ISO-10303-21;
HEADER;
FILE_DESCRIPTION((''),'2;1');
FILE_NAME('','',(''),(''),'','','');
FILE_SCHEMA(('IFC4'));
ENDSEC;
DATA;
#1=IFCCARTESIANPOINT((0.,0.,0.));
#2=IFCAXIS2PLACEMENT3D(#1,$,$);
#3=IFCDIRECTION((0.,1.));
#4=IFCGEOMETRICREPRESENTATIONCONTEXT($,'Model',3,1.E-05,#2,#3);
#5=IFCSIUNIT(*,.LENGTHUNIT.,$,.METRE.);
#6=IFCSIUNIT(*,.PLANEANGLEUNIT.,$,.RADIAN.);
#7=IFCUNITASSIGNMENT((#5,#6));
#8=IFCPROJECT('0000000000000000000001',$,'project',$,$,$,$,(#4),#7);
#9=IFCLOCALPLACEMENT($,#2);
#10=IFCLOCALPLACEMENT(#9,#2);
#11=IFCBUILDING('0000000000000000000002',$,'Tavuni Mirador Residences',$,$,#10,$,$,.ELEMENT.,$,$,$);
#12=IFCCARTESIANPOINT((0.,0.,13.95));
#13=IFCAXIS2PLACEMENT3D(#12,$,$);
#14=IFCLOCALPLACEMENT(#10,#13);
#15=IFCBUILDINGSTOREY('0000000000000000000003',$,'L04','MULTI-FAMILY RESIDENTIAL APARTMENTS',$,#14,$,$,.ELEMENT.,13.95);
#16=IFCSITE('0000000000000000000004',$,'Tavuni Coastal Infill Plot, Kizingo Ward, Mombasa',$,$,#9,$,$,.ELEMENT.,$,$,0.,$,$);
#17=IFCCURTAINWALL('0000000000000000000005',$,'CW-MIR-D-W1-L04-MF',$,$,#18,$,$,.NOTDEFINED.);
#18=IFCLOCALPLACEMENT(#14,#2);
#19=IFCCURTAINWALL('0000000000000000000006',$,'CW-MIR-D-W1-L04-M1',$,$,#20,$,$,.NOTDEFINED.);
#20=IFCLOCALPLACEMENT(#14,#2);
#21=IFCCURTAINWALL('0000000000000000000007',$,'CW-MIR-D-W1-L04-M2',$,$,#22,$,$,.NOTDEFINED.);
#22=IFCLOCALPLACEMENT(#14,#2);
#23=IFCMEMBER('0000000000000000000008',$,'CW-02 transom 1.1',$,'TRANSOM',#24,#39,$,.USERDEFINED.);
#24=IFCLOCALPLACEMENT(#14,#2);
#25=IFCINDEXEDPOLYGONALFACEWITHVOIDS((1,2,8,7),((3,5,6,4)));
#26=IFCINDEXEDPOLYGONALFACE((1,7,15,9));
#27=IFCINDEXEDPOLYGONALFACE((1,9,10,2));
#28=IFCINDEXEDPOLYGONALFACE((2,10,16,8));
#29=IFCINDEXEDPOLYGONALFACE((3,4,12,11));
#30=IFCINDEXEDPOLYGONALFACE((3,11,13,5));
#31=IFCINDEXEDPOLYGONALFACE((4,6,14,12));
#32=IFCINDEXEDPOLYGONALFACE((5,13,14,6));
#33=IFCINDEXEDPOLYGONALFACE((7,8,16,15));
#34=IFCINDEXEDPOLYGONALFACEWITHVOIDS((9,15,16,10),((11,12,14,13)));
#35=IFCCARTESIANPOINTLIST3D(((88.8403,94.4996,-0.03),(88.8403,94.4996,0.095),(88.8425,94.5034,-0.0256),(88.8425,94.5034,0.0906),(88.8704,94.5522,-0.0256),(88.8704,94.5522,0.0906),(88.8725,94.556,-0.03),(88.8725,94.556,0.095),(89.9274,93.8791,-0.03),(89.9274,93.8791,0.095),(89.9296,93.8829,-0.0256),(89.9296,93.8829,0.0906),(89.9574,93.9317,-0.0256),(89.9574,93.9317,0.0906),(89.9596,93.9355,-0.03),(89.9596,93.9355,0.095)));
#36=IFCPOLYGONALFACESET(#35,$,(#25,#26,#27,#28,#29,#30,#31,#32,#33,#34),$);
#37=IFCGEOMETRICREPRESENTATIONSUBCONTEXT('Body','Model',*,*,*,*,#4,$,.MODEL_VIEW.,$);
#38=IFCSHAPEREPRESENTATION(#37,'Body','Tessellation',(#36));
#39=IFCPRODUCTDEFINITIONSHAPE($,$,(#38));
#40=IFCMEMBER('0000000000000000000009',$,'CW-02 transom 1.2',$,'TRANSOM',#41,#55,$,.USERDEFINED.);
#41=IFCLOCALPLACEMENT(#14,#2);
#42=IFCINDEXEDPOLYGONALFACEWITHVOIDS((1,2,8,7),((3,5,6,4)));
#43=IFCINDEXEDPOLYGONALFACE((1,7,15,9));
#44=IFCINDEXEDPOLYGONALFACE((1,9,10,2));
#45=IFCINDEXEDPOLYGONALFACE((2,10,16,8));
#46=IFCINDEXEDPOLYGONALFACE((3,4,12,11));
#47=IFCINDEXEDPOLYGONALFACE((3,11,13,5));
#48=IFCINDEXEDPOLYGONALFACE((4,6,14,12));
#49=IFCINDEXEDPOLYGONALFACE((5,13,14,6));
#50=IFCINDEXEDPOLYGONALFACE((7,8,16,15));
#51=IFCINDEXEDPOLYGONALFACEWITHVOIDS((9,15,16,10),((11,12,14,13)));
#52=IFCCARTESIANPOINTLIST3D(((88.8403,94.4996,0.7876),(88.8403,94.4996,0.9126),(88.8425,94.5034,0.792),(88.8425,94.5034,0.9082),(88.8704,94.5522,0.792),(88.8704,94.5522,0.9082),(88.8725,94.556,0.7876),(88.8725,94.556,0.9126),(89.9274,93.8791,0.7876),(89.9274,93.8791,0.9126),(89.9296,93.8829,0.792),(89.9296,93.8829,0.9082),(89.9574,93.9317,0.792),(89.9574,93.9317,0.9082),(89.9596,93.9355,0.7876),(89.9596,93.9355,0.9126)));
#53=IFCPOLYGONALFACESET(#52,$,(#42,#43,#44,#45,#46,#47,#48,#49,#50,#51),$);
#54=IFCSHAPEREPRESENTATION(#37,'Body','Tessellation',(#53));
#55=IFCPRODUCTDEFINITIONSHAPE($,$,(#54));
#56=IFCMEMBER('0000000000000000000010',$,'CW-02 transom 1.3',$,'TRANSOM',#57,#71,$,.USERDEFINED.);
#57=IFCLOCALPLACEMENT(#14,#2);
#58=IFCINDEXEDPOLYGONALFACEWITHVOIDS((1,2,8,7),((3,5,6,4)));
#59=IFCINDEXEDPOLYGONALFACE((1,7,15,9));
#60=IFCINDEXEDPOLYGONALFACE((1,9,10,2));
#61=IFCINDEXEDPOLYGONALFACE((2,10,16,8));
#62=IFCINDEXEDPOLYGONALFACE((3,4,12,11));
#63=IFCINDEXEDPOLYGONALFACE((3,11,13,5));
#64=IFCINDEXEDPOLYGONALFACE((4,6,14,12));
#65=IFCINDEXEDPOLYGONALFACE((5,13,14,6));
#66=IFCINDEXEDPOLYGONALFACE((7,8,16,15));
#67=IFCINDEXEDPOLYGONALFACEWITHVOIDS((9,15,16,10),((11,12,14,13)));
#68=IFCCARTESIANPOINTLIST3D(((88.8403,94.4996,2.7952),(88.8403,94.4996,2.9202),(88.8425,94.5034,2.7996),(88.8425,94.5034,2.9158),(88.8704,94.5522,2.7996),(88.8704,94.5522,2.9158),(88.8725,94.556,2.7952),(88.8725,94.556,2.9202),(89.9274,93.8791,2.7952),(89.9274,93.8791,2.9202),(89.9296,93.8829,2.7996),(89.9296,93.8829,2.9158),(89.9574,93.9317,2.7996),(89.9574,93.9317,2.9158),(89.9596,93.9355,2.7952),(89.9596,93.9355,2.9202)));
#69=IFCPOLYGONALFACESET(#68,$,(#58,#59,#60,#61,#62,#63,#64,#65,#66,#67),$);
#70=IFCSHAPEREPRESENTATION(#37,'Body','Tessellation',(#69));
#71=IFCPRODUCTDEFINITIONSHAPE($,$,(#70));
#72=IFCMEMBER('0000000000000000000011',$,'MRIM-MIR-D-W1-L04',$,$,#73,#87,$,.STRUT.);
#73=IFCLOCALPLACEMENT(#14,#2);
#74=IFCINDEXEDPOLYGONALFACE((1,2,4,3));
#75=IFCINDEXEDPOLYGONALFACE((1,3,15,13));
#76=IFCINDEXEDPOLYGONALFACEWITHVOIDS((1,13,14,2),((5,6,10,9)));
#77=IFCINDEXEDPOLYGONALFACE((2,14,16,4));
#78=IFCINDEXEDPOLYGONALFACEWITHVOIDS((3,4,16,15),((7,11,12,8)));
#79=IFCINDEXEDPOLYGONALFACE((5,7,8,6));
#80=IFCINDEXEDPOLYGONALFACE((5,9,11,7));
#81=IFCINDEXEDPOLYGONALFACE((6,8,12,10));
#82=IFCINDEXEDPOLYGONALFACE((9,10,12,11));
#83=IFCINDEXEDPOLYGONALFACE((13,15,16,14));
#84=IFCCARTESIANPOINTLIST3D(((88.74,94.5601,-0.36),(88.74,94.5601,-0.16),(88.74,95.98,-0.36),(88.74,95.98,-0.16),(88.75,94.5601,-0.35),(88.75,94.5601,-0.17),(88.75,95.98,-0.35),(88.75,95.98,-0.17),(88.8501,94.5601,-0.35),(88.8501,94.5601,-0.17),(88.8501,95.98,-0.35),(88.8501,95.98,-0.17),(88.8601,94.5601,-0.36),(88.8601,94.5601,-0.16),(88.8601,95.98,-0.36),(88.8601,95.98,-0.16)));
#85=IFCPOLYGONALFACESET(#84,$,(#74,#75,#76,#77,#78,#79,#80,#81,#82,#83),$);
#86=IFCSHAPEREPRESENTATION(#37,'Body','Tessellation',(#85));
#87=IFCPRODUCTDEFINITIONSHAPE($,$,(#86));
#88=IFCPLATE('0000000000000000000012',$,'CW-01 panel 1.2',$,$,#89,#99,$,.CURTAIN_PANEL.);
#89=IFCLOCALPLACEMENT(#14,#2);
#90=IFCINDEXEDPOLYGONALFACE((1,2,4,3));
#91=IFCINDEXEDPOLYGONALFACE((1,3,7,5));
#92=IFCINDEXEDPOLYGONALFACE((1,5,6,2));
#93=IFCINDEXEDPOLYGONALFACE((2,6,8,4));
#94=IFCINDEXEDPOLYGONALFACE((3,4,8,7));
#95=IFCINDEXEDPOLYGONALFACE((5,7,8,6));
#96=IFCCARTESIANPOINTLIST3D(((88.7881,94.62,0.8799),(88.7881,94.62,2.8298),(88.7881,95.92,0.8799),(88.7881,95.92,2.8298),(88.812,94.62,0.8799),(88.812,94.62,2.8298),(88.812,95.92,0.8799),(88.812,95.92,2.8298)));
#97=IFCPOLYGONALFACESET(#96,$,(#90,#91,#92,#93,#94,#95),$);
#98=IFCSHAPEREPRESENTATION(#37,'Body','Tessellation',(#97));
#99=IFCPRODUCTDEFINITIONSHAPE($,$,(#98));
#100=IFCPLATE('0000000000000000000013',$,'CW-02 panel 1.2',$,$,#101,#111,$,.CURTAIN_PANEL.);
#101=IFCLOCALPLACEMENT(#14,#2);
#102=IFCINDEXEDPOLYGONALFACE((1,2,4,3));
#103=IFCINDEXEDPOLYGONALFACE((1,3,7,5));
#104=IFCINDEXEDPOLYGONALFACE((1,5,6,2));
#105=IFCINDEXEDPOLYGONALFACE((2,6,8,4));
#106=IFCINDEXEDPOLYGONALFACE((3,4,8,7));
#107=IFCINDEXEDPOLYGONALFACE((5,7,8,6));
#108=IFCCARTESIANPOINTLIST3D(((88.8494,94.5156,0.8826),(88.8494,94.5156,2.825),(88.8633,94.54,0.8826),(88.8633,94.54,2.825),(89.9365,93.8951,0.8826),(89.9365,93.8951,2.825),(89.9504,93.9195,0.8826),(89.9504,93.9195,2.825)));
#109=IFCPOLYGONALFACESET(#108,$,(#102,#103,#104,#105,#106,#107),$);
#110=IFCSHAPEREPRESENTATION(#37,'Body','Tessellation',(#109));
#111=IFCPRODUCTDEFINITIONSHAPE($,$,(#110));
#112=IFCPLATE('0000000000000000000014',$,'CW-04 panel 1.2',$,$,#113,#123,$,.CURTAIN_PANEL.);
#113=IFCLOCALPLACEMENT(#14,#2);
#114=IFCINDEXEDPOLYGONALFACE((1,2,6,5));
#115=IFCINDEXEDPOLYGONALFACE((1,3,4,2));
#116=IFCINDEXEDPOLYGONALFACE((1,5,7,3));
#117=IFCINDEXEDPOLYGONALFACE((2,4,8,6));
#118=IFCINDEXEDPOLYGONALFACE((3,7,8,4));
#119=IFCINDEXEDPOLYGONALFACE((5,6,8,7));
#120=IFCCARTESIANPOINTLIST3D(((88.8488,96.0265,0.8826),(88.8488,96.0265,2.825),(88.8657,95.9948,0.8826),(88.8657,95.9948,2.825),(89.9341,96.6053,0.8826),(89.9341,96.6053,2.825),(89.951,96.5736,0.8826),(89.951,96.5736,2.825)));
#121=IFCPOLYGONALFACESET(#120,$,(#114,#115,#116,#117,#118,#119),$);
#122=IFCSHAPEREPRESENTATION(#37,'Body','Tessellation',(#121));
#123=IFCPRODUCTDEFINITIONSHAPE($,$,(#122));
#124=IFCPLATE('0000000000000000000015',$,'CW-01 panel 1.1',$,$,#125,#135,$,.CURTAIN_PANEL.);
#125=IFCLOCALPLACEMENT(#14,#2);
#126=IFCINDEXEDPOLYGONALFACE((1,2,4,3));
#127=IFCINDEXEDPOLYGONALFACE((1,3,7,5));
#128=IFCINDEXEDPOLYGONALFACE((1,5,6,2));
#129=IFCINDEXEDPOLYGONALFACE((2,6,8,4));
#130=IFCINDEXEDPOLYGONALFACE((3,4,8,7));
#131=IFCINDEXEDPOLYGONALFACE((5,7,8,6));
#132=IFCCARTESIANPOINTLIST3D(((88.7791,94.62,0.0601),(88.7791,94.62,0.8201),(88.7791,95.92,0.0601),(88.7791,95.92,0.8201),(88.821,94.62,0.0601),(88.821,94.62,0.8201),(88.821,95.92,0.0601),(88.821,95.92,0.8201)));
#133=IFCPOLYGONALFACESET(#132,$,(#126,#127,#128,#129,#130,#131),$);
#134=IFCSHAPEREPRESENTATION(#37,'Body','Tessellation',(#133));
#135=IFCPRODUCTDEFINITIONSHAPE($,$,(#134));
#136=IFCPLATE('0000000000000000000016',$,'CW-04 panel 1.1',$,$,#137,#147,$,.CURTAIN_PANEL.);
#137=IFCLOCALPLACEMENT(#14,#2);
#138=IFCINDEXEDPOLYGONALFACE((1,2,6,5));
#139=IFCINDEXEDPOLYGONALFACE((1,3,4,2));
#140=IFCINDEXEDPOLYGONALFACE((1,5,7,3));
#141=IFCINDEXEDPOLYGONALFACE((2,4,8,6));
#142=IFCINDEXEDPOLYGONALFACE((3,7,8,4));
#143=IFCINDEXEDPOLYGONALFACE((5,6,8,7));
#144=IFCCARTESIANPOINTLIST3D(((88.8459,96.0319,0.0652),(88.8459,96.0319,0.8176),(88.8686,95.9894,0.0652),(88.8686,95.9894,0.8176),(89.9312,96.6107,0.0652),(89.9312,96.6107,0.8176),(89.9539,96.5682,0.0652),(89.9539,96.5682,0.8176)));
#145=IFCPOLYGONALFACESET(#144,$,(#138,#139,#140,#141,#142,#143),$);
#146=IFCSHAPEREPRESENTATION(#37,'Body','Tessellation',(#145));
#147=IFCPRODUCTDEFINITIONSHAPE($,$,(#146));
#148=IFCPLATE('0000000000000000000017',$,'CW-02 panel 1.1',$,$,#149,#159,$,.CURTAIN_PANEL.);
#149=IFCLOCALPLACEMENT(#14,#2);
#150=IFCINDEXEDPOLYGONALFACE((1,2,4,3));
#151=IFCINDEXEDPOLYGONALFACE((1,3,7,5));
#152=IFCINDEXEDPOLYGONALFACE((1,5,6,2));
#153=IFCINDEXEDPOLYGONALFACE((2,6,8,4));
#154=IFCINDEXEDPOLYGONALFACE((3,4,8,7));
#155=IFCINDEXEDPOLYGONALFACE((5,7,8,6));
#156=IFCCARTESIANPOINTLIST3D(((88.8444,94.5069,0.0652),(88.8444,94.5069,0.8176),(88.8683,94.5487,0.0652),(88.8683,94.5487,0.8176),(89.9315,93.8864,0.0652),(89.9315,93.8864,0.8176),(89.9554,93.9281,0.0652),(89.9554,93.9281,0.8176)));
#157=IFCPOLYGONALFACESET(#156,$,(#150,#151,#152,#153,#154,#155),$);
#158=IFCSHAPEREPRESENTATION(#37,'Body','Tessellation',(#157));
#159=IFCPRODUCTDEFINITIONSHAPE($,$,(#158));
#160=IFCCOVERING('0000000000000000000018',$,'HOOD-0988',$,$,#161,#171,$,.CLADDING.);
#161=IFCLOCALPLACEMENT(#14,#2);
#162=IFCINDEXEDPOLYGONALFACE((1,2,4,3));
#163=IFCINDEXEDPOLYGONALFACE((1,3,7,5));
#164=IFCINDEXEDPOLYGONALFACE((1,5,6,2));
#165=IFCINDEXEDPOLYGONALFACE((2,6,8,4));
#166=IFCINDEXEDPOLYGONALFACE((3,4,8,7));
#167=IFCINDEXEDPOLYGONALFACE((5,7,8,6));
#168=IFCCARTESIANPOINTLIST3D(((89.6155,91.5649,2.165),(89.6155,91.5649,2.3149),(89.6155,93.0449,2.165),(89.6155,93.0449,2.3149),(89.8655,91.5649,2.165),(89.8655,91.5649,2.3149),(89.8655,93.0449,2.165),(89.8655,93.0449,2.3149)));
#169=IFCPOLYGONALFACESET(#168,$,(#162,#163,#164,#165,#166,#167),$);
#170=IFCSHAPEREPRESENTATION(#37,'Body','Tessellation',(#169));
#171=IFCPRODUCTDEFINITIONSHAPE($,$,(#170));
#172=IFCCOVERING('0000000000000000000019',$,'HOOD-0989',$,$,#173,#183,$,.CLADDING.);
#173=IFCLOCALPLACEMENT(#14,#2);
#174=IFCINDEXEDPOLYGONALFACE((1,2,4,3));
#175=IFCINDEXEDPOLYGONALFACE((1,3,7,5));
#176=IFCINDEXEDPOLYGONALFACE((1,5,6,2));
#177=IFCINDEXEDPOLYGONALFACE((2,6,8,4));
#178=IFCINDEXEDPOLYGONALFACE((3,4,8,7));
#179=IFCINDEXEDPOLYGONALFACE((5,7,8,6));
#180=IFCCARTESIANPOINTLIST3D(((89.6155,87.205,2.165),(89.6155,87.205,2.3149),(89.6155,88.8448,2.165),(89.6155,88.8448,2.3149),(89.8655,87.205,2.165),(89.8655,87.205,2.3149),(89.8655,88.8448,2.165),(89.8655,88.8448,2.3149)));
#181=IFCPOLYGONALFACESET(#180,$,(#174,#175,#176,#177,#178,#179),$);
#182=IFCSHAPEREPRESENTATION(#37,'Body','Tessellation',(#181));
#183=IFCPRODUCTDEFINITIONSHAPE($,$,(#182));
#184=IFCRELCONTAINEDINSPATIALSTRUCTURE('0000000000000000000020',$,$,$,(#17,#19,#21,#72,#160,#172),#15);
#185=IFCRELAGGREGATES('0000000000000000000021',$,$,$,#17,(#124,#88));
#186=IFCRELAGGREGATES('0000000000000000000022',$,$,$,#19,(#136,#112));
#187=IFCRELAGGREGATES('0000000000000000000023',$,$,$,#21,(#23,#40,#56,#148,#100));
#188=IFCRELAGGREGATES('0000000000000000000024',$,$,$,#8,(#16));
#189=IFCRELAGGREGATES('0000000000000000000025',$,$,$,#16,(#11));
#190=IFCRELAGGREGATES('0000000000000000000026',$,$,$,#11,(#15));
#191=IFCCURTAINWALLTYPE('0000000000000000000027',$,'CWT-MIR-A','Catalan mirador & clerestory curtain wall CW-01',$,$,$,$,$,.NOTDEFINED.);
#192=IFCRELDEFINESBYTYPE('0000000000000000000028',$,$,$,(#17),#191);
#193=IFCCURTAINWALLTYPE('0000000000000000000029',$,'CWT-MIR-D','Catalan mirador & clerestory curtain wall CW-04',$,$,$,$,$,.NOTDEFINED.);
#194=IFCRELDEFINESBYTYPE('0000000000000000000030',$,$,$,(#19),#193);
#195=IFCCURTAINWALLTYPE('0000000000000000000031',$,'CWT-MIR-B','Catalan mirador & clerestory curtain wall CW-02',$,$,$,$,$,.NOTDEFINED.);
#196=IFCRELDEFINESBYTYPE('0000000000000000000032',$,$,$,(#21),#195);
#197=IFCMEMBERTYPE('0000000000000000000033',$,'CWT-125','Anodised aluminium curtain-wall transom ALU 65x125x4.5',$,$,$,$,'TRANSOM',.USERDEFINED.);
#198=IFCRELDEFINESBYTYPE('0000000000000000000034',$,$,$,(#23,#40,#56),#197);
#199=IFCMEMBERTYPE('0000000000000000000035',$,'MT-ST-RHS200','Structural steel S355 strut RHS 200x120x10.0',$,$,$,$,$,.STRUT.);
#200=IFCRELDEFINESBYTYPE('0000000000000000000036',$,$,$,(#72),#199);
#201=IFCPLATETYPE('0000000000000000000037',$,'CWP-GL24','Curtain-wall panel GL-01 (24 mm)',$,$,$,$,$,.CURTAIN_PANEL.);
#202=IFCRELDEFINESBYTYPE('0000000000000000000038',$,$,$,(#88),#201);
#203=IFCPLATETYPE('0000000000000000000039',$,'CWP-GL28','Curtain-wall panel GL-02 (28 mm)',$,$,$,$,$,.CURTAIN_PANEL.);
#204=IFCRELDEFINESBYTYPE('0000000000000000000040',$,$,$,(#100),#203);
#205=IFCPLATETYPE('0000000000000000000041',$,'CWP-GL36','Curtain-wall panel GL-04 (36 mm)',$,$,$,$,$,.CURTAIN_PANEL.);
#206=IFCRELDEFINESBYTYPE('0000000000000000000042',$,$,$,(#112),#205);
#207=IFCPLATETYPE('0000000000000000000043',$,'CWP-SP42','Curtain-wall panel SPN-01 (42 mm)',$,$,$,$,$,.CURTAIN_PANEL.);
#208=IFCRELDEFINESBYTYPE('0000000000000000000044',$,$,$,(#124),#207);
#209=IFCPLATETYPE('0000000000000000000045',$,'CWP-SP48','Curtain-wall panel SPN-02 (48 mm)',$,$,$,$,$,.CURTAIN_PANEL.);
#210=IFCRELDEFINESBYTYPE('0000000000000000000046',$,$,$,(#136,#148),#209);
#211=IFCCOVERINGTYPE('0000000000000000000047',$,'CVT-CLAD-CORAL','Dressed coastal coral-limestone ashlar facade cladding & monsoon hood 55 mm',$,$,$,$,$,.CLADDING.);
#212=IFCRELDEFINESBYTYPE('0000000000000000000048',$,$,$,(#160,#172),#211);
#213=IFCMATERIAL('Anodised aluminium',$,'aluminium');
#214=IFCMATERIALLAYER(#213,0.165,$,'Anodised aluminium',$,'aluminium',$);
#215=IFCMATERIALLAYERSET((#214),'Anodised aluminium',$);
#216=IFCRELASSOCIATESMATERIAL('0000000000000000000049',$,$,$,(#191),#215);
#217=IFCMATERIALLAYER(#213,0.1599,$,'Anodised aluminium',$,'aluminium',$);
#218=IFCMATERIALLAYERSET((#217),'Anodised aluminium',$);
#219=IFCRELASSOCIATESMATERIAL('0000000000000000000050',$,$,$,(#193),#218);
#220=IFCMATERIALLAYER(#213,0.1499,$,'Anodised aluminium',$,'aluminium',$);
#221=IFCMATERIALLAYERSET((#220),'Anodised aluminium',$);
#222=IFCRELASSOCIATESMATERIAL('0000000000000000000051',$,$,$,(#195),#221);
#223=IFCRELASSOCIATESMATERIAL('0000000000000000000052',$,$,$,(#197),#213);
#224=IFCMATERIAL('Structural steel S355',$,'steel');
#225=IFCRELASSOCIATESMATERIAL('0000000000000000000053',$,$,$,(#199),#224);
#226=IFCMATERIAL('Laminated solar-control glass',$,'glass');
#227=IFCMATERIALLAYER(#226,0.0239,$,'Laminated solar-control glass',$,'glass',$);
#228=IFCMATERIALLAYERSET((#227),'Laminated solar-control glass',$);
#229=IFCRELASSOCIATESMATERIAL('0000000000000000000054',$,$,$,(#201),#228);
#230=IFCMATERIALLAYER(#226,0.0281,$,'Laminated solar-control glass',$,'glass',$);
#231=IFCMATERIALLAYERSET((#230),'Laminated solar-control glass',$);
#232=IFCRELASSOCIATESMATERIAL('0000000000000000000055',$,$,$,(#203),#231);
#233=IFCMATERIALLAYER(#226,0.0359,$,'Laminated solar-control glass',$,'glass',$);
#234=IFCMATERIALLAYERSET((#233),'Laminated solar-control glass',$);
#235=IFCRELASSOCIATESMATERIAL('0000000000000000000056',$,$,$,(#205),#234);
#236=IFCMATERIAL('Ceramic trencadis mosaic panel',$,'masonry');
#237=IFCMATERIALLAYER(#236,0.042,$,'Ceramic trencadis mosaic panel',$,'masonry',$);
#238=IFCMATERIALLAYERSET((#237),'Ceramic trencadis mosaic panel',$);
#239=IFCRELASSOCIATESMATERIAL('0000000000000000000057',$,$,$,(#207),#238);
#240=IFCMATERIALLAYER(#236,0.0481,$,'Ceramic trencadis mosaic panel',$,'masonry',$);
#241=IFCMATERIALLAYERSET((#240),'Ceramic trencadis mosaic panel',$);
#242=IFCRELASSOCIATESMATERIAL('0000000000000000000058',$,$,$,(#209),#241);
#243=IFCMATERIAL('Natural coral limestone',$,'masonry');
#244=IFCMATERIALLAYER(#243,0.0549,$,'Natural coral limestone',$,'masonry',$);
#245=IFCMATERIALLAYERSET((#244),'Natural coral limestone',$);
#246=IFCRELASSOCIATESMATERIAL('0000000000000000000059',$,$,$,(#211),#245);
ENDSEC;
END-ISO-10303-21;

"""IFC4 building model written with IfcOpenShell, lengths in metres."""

from ifc_helpers import new_model, si_unit, direction, frame, origin, origin_2d, place, context, subcontext, project, spatial, rectangle, hollow_rectangle, extrude, material, layer, layer_set, material_profile, profile_set, type_object, element, aggregate, save


model = new_model("IFC4")

# Units and contexts
model_context = context("Model", 3, precision=1e-05, world=origin(), true_north=direction((0.0, 1.0)))
body_context = subcontext(model_context, "Body", "Model", "MODEL_VIEW")
ifc_project = project(units=[si_unit("LENGTHUNIT", "METRE"), si_unit("PLANEANGLEUNIT", "RADIAN")], contexts=[model_context])

# Site, building, storey
site_placement = place(None, origin())
site = spatial("IfcSite", under=ifc_project, at=site_placement, Name="Tavuni Coastal Infill Plot, Kizingo Ward, Mombasa", CompositionType="ELEMENT", RefElevation=0.0)
building_placement = place(site_placement, origin())
building = spatial("IfcBuilding", under=site, at=building_placement, Name="Tavuni Mirador Residences", CompositionType="ELEMENT")
storey_placement = place(building_placement, frame((0.0, 0.0, 13.95)))
storey = spatial("IfcBuildingStorey", under=building, at=storey_placement, Name="L04", Description="MULTI-FAMILY RESIDENTIAL APARTMENTS", CompositionType="ELEMENT", Elevation=13.95)

# Curtain wall
ifc_material_1 = material(Name="Anodised aluminium", Category="aluminium")
ifc_layer_1 = layer(ifc_material_1, 0.165, Name="Anodised aluminium", Category="aluminium")
ifc_layer_set_1 = layer_set([ifc_layer_1], Name="Anodised aluminium")
curtain_wall_type_1 = type_object("IfcCurtainWallType", Name="CWT-MIR-A", Description="Catalan mirador & clerestory curtain wall CW-01", PredefinedType="NOTDEFINED", material=ifc_layer_set_1)
curtain_wall_1_placement = place(storey_placement, origin())
curtain_wall_1 = element("IfcCurtainWall", 1, at=curtain_wall_1_placement, inside=storey, type_object=curtain_wall_type_1, Name="CW-MIR-D-W1-L04-MF", PredefinedType="NOTDEFINED")

# Curtain walls
ifc_layer_2 = layer(ifc_material_1, 0.1599, Name="Anodised aluminium", Category="aluminium")
ifc_layer_set_2 = layer_set([ifc_layer_2], Name="Anodised aluminium")
curtain_wall_type_2 = type_object("IfcCurtainWallType", Name="CWT-MIR-D", Description="Catalan mirador & clerestory curtain wall CW-04", PredefinedType="NOTDEFINED", material=ifc_layer_set_2)
curtain_wall_2_placement = place(storey_placement, origin())
curtain_wall_2 = element("IfcCurtainWall", 2, at=curtain_wall_2_placement, inside=storey, type_object=curtain_wall_type_2, Name="CW-MIR-D-W1-L04-M1", PredefinedType="NOTDEFINED")
ifc_layer_3 = layer(ifc_material_1, 0.1499, Name="Anodised aluminium", Category="aluminium")
ifc_layer_set_3 = layer_set([ifc_layer_3], Name="Anodised aluminium")
curtain_wall_type_3 = type_object("IfcCurtainWallType", Name="CWT-MIR-B", Description="Catalan mirador & clerestory curtain wall CW-02", PredefinedType="NOTDEFINED", material=ifc_layer_set_3)
curtain_wall_3_placement = place(storey_placement, origin())
curtain_wall_3 = element("IfcCurtainWall", 3, at=curtain_wall_3_placement, inside=storey, type_object=curtain_wall_type_3, Name="CW-MIR-D-W1-L04-M2", PredefinedType="NOTDEFINED")

# Members
ifc_material_profile_1 = material_profile(ifc_material_1, hollow_rectangle(XDim=0.0649, YDim=0.125, WallThickness=0.0044, at=origin_2d()), Name="ALU 65x125x4.5", Category="aluminium")
ifc_profile_set_1 = profile_set([ifc_material_profile_1], Name="Anodised aluminium")
member_type_1 = type_object("IfcMemberType", Name="CWT-125", Description="Anodised aluminium curtain-wall transom ALU 65x125x4.5", ElementType="TRANSOM", PredefinedType="USERDEFINED", material=ifc_profile_set_1)
member_1_placement = place(storey_placement, frame((88.8564, 94.5278, 0.0325), z_axis=(0.868459, -0.495761, 0.0), x_axis=(0.495761, 0.868459, 0.0)))
member_1 = element("IfcMember", 4, at=member_1_placement, type_object=member_type_1, Name="CW-02 transom 1.1", ObjectType="TRANSOM", PredefinedType="USERDEFINED", context=body_context, shape_type="SweptSolid", body=[
    extrude(hollow_rectangle(XDim=0.0649, YDim=0.125, WallThickness=0.0044, at=origin_2d()), origin(), (0.0, 0.0, 1.0), 1.2517),
])
member_2_placement = place(storey_placement, frame((88.8564, 94.5278, 0.8501), z_axis=(0.868459, -0.495761, 0.0), x_axis=(0.495761, 0.868459, 0.0)))
member_2 = element("IfcMember", 5, at=member_2_placement, type_object=member_type_1, Name="CW-02 transom 1.2", ObjectType="TRANSOM", PredefinedType="USERDEFINED", context=body_context, shape_type="SweptSolid", body=[
    extrude(hollow_rectangle(XDim=0.0649, YDim=0.125, WallThickness=0.0044, at=origin_2d()), origin(), (0.0, 0.0, 1.0), 1.2517),
])
member_3_placement = place(storey_placement, frame((88.8564, 94.5278, 2.8577), z_axis=(0.868459, -0.495761, 0.0), x_axis=(0.495761, 0.868459, 0.0)))
member_3 = element("IfcMember", 6, at=member_3_placement, type_object=member_type_1, Name="CW-02 transom 1.3", ObjectType="TRANSOM", PredefinedType="USERDEFINED", context=body_context, shape_type="SweptSolid", body=[
    extrude(hollow_rectangle(XDim=0.0649, YDim=0.125, WallThickness=0.0044, at=origin_2d()), origin(), (0.0, 0.0, 1.0), 1.2517),
])
ifc_material_2 = material(Name="Structural steel S355", Category="steel")
ifc_material_profile_2 = material_profile(ifc_material_2, hollow_rectangle(XDim=0.1201, YDim=0.2, WallThickness=0.01, at=origin_2d()), Name="RHS 200x120x10.0", Category="steel")
ifc_profile_set_2 = profile_set([ifc_material_profile_2], Name="Structural steel S355")
member_type_2 = type_object("IfcMemberType", Name="MT-ST-RHS200", Description="Structural steel S355 strut RHS 200x120x10.0", PredefinedType="STRUT", material=ifc_profile_set_2)
member_4_placement = place(storey_placement, frame((88.8, 94.5601, -0.26), z_axis=(0.0, 1.0, 0.0), x_axis=(-1.0, 0.0, 0.0)))
element("IfcMember", 7, at=member_4_placement, inside=storey, type_object=member_type_2, Name="MRIM-MIR-D-W1-L04", PredefinedType="STRUT", context=body_context, shape_type="SweptSolid", body=[
    extrude(hollow_rectangle(XDim=0.1201, YDim=0.2, WallThickness=0.01, at=origin_2d()), origin(), (0.0, 0.0, 1.0), 1.4199),
])

# Plates
ifc_material_3 = material(Name="Laminated solar-control glass", Category="glass")
ifc_layer_4 = layer(ifc_material_3, 0.0239, Name="Laminated solar-control glass", Category="glass")
ifc_layer_set_4 = layer_set([ifc_layer_4], Name="Laminated solar-control glass")
plate_type_1 = type_object("IfcPlateType", Name="CWP-GL24", Description="Curtain-wall panel GL-01 (24 mm)", PredefinedType="CURTAIN_PANEL", material=ifc_layer_set_4)
plate_1_placement = place(storey_placement, frame((88.8, 95.27, 0.8799), z_axis=(0.0, 0.0, 1.0), x_axis=(0.0, -1.0, 0.0)))
plate_1 = element("IfcPlate", 8, at=plate_1_placement, type_object=plate_type_1, Name="CW-01 panel 1.2", PredefinedType="CURTAIN_PANEL", context=body_context, shape_type="SweptSolid", body=[
    extrude(rectangle(XDim=1.3, YDim=0.0239, at=origin_2d()), origin(), (0.0, 0.0, 1.0), 1.95),
])
ifc_layer_5 = layer(ifc_material_3, 0.0281, Name="Laminated solar-control glass", Category="glass")
ifc_layer_set_5 = layer_set([ifc_layer_5], Name="Laminated solar-control glass")
plate_type_2 = type_object("IfcPlateType", Name="CWP-GL28", Description="Curtain-wall panel GL-02 (28 mm)", PredefinedType="CURTAIN_PANEL", material=ifc_layer_set_5)
plate_2_placement = place(storey_placement, frame((89.3999, 94.2175, 0.8826), z_axis=(0.0, 0.0, 1.0), x_axis=(0.868466, -0.495749, 0.0)))
plate_2 = element("IfcPlate", 9, at=plate_2_placement, type_object=plate_type_2, Name="CW-02 panel 1.2", PredefinedType="CURTAIN_PANEL", context=body_context, shape_type="SweptSolid", body=[
    extrude(rectangle(XDim=1.2517, YDim=0.0281, at=origin_2d()), origin(), (0.0, 0.0, 1.0), 1.9424),
])
ifc_layer_6 = layer(ifc_material_3, 0.0359, Name="Laminated solar-control glass", Category="glass")
ifc_layer_set_6 = layer_set([ifc_layer_6], Name="Laminated solar-control glass")
plate_type_3 = type_object("IfcPlateType", Name="CWP-GL36", Description="Curtain-wall panel GL-04 (36 mm)", PredefinedType="CURTAIN_PANEL", material=ifc_layer_set_6)
plate_3_placement = place(storey_placement, frame((89.3999, 96.3, 0.8826), z_axis=(0.0, 0.0, 1.0), x_axis=(-0.882353, -0.470588, 0.0)))
plate_3 = element("IfcPlate", 10, at=plate_3_placement, type_object=plate_type_3, Name="CW-04 panel 1.2", PredefinedType="CURTAIN_PANEL", context=body_context, shape_type="SweptSolid", body=[
    extrude(rectangle(XDim=1.23, YDim=0.0359, at=origin_2d()), origin(), (0.0, 0.0, 1.0), 1.9424),
])
ifc_material_4 = material(Name="Ceramic trencadis mosaic panel", Category="masonry")
ifc_layer_7 = layer(ifc_material_4, 0.042, Name="Ceramic trencadis mosaic panel", Category="masonry")
ifc_layer_set_7 = layer_set([ifc_layer_7], Name="Ceramic trencadis mosaic panel")
plate_type_4 = type_object("IfcPlateType", Name="CWP-SP42", Description="Curtain-wall panel SPN-01 (42 mm)", PredefinedType="CURTAIN_PANEL", material=ifc_layer_set_7)
plate_4_placement = place(storey_placement, frame((88.8, 95.27, 0.0601), z_axis=(0.0, 0.0, 1.0), x_axis=(0.0, -1.0, 0.0)))
plate_4 = element("IfcPlate", 11, at=plate_4_placement, type_object=plate_type_4, Name="CW-01 panel 1.1", PredefinedType="CURTAIN_PANEL", context=body_context, shape_type="SweptSolid", body=[
    extrude(rectangle(XDim=1.3, YDim=0.042, at=origin_2d()), origin(), (0.0, 0.0, 1.0), 0.76),
])
aggregate(curtain_wall_1, [plate_4, plate_1])
ifc_layer_8 = layer(ifc_material_4, 0.0481, Name="Ceramic trencadis mosaic panel", Category="masonry")
ifc_layer_set_8 = layer_set([ifc_layer_8], Name="Ceramic trencadis mosaic panel")
plate_type_5 = type_object("IfcPlateType", Name="CWP-SP48", Description="Curtain-wall panel SPN-02 (48 mm)", PredefinedType="CURTAIN_PANEL", material=ifc_layer_set_8)
plate_5_placement = place(storey_placement, frame((89.3999, 96.3, 0.0652), z_axis=(0.0, 0.0, 1.0), x_axis=(-0.882353, -0.470588, 0.0)))
plate_5 = element("IfcPlate", 12, at=plate_5_placement, type_object=plate_type_5, Name="CW-04 panel 1.1", PredefinedType="CURTAIN_PANEL", context=body_context, shape_type="SweptSolid", body=[
    extrude(rectangle(XDim=1.23, YDim=0.0481, at=origin_2d()), origin(), (0.0, 0.0, 1.0), 0.7524),
])
aggregate(curtain_wall_2, [plate_5, plate_3])
plate_6_placement = place(storey_placement, frame((89.3999, 94.2175, 0.0652), z_axis=(0.0, 0.0, 1.0), x_axis=(0.868466, -0.495749, 0.0)))
plate_6 = element("IfcPlate", 13, at=plate_6_placement, type_object=plate_type_5, Name="CW-02 panel 1.1", PredefinedType="CURTAIN_PANEL", context=body_context, shape_type="SweptSolid", body=[
    extrude(rectangle(XDim=1.2517, YDim=0.0481, at=origin_2d()), origin(), (0.0, 0.0, 1.0), 0.7524),
])
aggregate(curtain_wall_3, [member_1, member_2, member_3, plate_6, plate_2])

# Coverings
ifc_material_5 = material(Name="Natural coral limestone", Category="masonry")
ifc_layer_9 = layer(ifc_material_5, 0.0549, Name="Natural coral limestone", Category="masonry")
ifc_layer_set_9 = layer_set([ifc_layer_9], Name="Natural coral limestone")
covering_type = type_object("IfcCoveringType", Name="CVT-CLAD-CORAL", Description="Dressed coastal coral-limestone ashlar facade cladding & monsoon hood 55 mm", PredefinedType="CLADDING", material=ifc_layer_set_9)
covering_1_placement = place(storey_placement, frame((89.7405, 92.3049, 2.165), z_axis=(0.0, 0.0, 1.0), x_axis=(0.0, -1.0, 0.0)))
element("IfcCovering", 14, at=covering_1_placement, inside=storey, type_object=covering_type, Name="HOOD-0988", PredefinedType="CLADDING", context=body_context, shape_type="SweptSolid", body=[
    extrude(rectangle(XDim=1.48, YDim=0.25, at=origin_2d()), origin(), (0.0, 0.0, 1.0), 0.1499),
])
covering_2_placement = place(storey_placement, frame((89.7405, 88.0249, 2.165), z_axis=(0.0, 0.0, 1.0), x_axis=(0.0, -1.0, 0.0)))
element("IfcCovering", 15, at=covering_2_placement, inside=storey, type_object=covering_type, Name="HOOD-0989", PredefinedType="CLADDING", context=body_context, shape_type="SweptSolid", body=[
    extrude(rectangle(XDim=1.6399, YDim=0.25, at=origin_2d()), origin(), (0.0, 0.0, 1.0), 0.1499),
])

save(model, "model.ifc")
